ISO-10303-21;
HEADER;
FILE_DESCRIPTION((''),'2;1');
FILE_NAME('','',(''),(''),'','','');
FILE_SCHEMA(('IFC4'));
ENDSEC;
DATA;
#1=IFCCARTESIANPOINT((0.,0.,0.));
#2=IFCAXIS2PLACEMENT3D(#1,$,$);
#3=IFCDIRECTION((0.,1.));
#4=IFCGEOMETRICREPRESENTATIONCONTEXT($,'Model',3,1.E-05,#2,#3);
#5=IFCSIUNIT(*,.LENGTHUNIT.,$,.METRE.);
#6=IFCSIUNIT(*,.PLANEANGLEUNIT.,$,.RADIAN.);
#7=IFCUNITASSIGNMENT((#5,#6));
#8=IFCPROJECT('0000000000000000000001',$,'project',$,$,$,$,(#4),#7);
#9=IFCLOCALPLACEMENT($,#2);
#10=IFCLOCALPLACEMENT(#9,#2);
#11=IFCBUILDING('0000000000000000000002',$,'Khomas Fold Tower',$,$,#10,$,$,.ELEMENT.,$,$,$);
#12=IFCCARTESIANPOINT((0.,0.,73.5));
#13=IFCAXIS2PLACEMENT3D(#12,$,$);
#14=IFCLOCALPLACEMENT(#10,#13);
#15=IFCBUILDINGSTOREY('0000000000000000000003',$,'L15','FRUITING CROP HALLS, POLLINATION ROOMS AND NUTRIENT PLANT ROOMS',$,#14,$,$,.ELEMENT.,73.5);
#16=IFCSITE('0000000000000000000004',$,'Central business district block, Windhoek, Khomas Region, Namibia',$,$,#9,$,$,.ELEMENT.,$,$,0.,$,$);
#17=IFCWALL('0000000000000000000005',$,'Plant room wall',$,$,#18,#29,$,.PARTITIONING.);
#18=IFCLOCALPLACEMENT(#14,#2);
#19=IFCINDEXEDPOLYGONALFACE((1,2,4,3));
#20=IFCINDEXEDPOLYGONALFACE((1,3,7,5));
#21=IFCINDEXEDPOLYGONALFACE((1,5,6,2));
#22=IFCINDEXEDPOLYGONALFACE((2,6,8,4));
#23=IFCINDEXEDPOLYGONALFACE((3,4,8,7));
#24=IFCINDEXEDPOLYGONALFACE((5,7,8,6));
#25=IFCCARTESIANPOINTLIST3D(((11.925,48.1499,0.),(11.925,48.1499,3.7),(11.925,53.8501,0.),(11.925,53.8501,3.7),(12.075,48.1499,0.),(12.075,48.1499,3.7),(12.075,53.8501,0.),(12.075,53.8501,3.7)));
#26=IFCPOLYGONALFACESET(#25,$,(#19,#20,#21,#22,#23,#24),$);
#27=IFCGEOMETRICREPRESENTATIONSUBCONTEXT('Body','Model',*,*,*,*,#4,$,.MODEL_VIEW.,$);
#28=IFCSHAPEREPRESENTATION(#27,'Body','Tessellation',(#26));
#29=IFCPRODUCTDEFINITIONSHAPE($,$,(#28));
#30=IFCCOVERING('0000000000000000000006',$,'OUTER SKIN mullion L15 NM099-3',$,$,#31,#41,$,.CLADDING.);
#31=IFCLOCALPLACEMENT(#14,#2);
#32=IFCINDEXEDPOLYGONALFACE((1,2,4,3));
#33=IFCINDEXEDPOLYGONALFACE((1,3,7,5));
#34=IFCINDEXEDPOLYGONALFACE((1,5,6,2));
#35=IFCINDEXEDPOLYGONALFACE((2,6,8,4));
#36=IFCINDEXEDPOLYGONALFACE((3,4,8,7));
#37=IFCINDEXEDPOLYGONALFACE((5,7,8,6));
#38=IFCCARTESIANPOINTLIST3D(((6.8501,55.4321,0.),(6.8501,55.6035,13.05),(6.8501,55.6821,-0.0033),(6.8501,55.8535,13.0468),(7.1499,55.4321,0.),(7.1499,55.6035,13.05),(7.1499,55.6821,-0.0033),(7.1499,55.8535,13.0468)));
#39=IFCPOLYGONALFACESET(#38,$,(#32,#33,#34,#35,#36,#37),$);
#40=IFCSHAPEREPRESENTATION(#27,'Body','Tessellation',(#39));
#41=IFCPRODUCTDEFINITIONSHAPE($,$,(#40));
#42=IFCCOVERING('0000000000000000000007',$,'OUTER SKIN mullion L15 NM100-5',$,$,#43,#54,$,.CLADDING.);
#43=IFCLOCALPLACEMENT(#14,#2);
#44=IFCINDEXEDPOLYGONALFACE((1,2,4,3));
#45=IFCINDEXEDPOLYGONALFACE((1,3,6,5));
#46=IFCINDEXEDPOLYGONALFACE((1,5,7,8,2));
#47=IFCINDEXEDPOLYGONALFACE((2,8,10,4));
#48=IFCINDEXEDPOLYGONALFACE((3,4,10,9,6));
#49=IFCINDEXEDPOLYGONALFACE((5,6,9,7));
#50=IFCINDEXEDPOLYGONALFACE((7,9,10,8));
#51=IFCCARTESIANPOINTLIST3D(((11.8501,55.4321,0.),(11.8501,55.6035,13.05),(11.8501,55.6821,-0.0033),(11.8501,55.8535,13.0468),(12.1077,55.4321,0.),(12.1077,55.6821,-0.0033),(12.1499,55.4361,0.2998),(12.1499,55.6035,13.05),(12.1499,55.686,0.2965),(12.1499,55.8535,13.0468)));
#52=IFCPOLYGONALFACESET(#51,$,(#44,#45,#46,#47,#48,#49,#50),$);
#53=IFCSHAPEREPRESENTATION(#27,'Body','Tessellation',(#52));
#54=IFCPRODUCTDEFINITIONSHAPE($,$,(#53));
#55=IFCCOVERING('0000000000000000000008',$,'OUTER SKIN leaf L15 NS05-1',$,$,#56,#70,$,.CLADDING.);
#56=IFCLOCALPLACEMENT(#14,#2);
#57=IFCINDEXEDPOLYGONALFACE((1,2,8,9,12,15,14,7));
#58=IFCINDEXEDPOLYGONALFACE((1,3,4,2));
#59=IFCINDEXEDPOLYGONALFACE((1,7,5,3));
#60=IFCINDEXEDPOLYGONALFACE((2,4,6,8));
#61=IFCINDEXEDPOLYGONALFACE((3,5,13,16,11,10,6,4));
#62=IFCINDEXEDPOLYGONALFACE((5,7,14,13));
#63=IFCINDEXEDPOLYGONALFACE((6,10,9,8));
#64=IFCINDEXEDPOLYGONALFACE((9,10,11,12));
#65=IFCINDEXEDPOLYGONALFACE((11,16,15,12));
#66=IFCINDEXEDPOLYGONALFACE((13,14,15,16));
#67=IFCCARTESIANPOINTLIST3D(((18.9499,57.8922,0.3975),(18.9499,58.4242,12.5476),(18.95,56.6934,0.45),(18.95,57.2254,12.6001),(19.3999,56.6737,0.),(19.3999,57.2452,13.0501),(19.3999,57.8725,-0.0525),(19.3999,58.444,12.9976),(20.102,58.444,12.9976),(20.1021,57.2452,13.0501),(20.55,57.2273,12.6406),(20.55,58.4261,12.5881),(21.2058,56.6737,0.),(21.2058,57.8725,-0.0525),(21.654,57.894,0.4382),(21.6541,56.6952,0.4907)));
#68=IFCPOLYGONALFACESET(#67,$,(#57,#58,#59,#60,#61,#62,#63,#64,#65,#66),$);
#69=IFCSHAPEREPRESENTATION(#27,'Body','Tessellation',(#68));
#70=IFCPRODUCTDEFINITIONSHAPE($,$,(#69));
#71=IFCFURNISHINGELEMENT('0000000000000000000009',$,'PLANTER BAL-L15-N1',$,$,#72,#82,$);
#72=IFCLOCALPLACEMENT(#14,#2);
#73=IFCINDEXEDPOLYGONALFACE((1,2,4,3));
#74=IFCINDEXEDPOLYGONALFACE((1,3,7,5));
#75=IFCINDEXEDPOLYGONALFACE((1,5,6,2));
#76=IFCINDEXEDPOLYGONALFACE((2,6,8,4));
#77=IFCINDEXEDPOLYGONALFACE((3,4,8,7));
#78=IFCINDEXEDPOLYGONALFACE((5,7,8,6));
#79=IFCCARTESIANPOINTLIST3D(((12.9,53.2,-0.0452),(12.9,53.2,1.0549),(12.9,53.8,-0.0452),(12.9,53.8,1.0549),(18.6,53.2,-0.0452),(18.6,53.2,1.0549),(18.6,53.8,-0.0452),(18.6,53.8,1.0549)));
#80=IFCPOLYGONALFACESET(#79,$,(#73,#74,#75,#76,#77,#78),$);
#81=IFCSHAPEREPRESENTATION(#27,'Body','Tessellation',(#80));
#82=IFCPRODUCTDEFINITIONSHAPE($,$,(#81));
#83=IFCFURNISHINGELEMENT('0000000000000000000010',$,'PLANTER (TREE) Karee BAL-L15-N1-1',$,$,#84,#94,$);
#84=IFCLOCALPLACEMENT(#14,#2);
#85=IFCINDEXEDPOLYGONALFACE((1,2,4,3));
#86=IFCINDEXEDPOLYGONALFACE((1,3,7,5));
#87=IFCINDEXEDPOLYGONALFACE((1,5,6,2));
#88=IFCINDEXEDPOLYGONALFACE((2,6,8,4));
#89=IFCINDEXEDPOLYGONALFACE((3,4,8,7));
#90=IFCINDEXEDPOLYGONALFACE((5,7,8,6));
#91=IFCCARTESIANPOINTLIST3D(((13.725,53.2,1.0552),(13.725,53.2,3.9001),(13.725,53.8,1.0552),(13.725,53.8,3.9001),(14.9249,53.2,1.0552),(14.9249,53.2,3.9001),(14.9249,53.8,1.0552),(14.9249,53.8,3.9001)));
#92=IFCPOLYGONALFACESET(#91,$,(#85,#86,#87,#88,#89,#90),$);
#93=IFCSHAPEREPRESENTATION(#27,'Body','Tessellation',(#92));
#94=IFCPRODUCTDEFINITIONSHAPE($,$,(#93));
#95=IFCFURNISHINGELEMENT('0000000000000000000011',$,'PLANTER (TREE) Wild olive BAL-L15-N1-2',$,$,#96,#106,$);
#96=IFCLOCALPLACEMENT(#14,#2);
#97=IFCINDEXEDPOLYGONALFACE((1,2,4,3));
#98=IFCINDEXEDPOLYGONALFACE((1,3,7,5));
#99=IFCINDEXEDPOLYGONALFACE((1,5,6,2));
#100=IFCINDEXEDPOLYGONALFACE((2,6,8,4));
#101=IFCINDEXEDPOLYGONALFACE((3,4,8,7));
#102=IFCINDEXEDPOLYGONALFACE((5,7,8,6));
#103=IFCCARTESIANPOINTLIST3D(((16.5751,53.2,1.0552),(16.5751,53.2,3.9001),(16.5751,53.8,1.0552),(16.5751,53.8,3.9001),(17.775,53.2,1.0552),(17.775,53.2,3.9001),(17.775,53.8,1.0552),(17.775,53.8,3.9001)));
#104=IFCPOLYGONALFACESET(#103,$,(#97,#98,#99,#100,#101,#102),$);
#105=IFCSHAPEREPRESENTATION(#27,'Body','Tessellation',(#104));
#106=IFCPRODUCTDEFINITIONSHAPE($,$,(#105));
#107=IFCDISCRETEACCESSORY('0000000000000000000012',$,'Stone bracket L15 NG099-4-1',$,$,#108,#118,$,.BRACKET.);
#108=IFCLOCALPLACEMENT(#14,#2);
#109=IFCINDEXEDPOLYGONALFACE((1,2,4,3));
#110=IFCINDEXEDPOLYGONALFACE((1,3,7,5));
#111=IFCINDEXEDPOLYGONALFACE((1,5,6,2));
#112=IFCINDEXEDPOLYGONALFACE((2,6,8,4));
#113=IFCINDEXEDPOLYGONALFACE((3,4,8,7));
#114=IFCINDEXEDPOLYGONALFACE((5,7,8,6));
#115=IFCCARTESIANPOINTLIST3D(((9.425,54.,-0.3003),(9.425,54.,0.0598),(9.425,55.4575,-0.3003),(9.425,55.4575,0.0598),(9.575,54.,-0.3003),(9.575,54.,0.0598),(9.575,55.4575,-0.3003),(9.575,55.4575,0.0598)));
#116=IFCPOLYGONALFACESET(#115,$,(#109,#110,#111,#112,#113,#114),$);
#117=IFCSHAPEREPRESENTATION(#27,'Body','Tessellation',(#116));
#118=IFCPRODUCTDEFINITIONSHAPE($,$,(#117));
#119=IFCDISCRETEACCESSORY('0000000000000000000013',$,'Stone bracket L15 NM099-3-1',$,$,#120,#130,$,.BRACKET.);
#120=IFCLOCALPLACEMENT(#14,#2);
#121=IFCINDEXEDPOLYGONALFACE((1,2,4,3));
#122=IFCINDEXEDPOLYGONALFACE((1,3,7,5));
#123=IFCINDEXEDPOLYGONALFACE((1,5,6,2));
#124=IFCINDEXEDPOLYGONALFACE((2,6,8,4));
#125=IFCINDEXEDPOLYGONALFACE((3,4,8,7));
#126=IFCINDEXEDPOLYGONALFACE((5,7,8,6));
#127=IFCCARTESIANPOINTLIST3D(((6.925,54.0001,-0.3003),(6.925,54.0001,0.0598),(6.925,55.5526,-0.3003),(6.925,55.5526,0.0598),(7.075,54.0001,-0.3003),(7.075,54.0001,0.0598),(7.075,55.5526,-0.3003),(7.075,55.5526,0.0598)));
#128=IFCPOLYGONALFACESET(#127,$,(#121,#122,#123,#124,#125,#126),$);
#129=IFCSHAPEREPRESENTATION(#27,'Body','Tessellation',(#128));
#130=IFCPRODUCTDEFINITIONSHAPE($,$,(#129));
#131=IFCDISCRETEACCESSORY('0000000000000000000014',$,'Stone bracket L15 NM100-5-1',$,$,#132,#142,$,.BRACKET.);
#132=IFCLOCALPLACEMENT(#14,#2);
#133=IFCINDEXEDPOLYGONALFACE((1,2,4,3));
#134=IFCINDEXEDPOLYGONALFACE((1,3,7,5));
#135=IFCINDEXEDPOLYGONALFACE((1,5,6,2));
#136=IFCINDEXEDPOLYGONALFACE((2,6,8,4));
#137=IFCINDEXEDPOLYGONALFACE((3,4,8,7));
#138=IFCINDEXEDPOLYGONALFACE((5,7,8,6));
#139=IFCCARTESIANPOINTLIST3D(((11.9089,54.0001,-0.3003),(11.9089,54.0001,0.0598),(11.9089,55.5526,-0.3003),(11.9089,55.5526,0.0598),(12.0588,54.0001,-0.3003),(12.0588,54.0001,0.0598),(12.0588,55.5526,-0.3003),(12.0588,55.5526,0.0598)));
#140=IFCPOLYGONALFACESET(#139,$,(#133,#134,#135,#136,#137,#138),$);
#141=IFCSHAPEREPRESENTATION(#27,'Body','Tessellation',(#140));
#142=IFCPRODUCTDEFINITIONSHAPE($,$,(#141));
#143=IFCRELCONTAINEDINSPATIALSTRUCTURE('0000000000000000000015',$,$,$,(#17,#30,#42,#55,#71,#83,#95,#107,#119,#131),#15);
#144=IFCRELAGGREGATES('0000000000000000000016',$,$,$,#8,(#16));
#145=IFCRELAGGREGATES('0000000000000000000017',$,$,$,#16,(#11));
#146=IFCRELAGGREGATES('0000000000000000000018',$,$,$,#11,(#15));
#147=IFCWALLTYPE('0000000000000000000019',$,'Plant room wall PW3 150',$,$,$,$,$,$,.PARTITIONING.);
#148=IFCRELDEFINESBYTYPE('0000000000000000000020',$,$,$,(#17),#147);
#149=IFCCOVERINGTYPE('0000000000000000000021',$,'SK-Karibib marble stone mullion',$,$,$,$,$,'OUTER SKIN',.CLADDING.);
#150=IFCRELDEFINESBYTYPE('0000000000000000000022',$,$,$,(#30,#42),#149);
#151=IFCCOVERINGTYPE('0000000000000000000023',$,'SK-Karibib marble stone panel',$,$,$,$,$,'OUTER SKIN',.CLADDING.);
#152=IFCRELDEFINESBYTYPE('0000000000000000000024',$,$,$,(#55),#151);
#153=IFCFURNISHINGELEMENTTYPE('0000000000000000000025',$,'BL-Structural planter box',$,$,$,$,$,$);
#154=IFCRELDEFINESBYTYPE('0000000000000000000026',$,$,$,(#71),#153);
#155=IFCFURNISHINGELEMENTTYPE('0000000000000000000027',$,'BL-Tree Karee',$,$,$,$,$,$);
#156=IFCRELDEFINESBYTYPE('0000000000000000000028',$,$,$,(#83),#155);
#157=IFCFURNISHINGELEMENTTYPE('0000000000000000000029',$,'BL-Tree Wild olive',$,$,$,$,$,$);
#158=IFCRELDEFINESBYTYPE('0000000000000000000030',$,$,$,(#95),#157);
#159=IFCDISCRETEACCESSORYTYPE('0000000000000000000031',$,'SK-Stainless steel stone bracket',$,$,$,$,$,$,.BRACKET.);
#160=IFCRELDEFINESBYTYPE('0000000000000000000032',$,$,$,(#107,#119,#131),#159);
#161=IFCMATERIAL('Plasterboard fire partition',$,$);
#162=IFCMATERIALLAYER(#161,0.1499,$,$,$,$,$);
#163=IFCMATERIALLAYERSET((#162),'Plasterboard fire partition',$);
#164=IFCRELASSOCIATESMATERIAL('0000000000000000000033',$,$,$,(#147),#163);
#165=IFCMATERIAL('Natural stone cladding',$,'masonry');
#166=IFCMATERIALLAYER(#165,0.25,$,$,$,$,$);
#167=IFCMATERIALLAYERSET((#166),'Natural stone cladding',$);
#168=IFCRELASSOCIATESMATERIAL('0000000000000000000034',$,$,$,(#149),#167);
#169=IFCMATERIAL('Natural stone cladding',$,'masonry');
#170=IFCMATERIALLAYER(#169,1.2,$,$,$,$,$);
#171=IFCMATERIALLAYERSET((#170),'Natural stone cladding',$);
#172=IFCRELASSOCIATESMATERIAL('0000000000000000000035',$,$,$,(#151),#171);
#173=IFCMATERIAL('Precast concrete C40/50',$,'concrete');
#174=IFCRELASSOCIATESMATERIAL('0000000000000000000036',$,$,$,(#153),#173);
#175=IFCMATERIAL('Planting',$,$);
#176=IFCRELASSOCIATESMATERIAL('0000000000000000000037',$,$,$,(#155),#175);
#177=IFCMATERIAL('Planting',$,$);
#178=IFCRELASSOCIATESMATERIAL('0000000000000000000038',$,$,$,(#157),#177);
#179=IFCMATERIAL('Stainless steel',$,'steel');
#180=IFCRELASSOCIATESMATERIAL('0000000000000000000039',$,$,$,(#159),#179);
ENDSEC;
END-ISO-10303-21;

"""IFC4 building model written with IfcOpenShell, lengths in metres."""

from ifc_helpers import new_model, si_unit, direction, frame, frame_2d, origin, origin_2d, place, context, subcontext, project, spatial, polyline, rectangle, outline, extrude, source, transform, mapped, material, layer, layer_set, type_object, element, save


model = new_model("IFC4")

# Units and contexts
model_context = context("Model", 3, precision=1e-05, world=origin(), true_north=direction((0.0, 1.0)))
body_context = subcontext(model_context, "Body", "Model", "MODEL_VIEW")
ifc_project = project(units=[si_unit("LENGTHUNIT", "METRE"), si_unit("PLANEANGLEUNIT", "RADIAN")], contexts=[model_context])

# Site, building, storey
site_placement = place(None, origin())
site = spatial("IfcSite", under=ifc_project, at=site_placement, Name="Central business district block, Windhoek, Khomas Region, Namibia", CompositionType="ELEMENT", RefElevation=0.0)
building_placement = place(site_placement, origin())
building = spatial("IfcBuilding", under=site, at=building_placement, Name="Khomas Fold Tower", CompositionType="ELEMENT")
storey_placement = place(building_placement, frame((0.0, 0.0, 73.5)))
storey = spatial("IfcBuildingStorey", under=building, at=storey_placement, Name="L15", Description="FRUITING CROP HALLS, POLLINATION ROOMS AND NUTRIENT PLANT ROOMS", CompositionType="ELEMENT", Elevation=73.5)

# Wall
ifc_material_1 = material(Name="Plasterboard fire partition")
ifc_layer_1 = layer(ifc_material_1, 0.1499)
ifc_layer_set_1 = layer_set([ifc_layer_1], Name="Plasterboard fire partition")
wall_type_1 = type_object("IfcWallType", Name="Plant room wall PW3 150", PredefinedType="PARTITIONING", material=ifc_layer_set_1)
shared_shape_1 = source(origin(), body_context, "Body", "SweptSolid", [
    extrude(rectangle(XDim=5.7002, YDim=0.1499, at=frame_2d((2.8501, 0.0))), origin(), (0.0, 0.0, 1.0), 3.7),
])
wall_1_placement = place(storey_placement, frame((12.0, 48.1499, 0.0), z_axis=(0.0, 0.0, 1.0), x_axis=(0.0, 1.0, 0.0)))
element("IfcWall", 1, at=wall_1_placement, inside=storey, type_object=wall_type_1, Name="Plant room wall", PredefinedType="PARTITIONING", context=body_context, shape_type="MappedRepresentation", body=[
    mapped(shared_shape_1, transform((0.0, 0.0, 0.0))),
])

# Coverings
ifc_material_2 = material(Name="Natural stone cladding", Category="masonry")
ifc_layer_2 = layer(ifc_material_2, 0.25)
ifc_layer_set_2 = layer_set([ifc_layer_2], Name="Natural stone cladding")
covering_type_1 = type_object("IfcCoveringType", Name="SK-Karibib marble stone mullion", ElementType="OUTER SKIN", PredefinedType="CLADDING", material=ifc_layer_set_2)
covering_1_placement = place(storey_placement, frame((6.8501, 55.4321, 0.0), z_axis=(0.0, -0.999914, 0.013132), x_axis=(0.0, 0.013132, 0.999914)))
element("IfcCovering", 2, at=covering_1_placement, inside=storey, type_object=covering_type_1, Name="OUTER SKIN mullion L15 NM099-3", PredefinedType="CLADDING", context=body_context, shape_type="SweptSolid", body=[
    extrude(outline(polyline([(0.0, 0.0), (13.0512, 0.0), (13.0512, -0.2998), (0.0, -0.2998), (0.0, 0.0)])), origin(), (0.0, 0.0, -1.0), 0.25),
])
covering_2_placement = place(storey_placement, frame((12.1077, 55.4321, 0.0), z_axis=(-0.000052, -0.999914, 0.013132), x_axis=(-1.0, 0.000052, -0.000001)))
element("IfcCovering", 3, at=covering_2_placement, inside=storey, type_object=covering_type_1, Name="OUTER SKIN mullion L15 NM100-5", PredefinedType="CLADDING", context=body_context, shape_type="SweptSolid", body=[
    extrude(outline(polyline([(0.0, 0.0), (0.2576, 0.0), (0.2576, -13.0512), (-0.0422, -13.0512), (-0.0422, -0.2998), (0.0, 0.0)])), origin(), (0.0, 0.0, -1.0), 0.25),
])
ifc_material_3 = material(Name="Natural stone cladding", Category="masonry")
ifc_layer_3 = layer(ifc_material_3, 1.2)
ifc_layer_set_3 = layer_set([ifc_layer_3], Name="Natural stone cladding")
covering_type_2 = type_object("IfcCoveringType", Name="SK-Karibib marble stone panel", ElementType="OUTER SKIN", PredefinedType="CLADDING", material=ifc_layer_set_3)
covering_3_placement = place(storey_placement, frame((18.95, 56.6934, 0.45), z_axis=(0.000023, -0.999042, 0.043751), x_axis=(0.0, 0.043751, 0.999042)))
element("IfcCovering", 4, at=covering_3_placement, inside=storey, type_object=covering_type_2, Name="OUTER SKIN leaf L15 NS05-1", PredefinedType="CLADDING", context=body_context, shape_type="SweptSolid", body=[
    extrude(outline(polyline([(0.0, 0.0), (12.1618, 0.0), (12.6122, -0.45), (12.6122, -1.1521), (12.2024, -1.6001), (0.0408, -2.7041), (-0.4504, -2.2559), (-0.4504, -0.45), (0.0, 0.0)])), origin(), (0.0, 0.0, -1.0), 1.2),
])

# Furnishing elements
ifc_material_4 = material(Name="Precast concrete C40/50", Category="concrete")
furnishing_element_type_1 = type_object("IfcFurnishingElementType", Name="BL-Structural planter box", material=ifc_material_4)
shared_shape_2 = source(origin(), body_context, "Body", "SweptSolid", [
    extrude(rectangle(XDim=5.7, YDim=0.6001, at=origin_2d()), origin(), (0.0, 0.0, 1.0), 1.1001),
])
furnishing_1_placement = place(storey_placement, frame((15.75, 53.5, -0.0452), z_axis=(0.0, 0.0, 1.0), x_axis=(1.0, 0.0, 0.0)))
element("IfcFurnishingElement", 5, at=furnishing_1_placement, inside=storey, type_object=furnishing_element_type_1, Name="PLANTER BAL-L15-N1", context=body_context, shape_type="MappedRepresentation", body=[
    mapped(shared_shape_2, transform((0.0, 0.0, 0.0))),
])
ifc_material_5 = material(Name="Planting")
furnishing_element_type_2 = type_object("IfcFurnishingElementType", Name="BL-Tree Karee", material=ifc_material_5)
shared_shape_3 = source(origin(), body_context, "Body", "SweptSolid", [
    extrude(rectangle(XDim=1.2, YDim=0.6001, at=origin_2d()), origin(), (0.0, 0.0, 1.0), 2.845),
])
furnishing_2_placement = place(storey_placement, frame((14.325, 53.5, 1.0552), z_axis=(0.0, 0.0, 1.0), x_axis=(1.0, 0.0, 0.0)))
element("IfcFurnishingElement", 6, at=furnishing_2_placement, inside=storey, type_object=furnishing_element_type_2, Name="PLANTER (TREE) Karee BAL-L15-N1-1", context=body_context, shape_type="MappedRepresentation", body=[
    mapped(shared_shape_3, transform((0.0, 0.0, 0.0))),
])
ifc_material_6 = material(Name="Planting")
furnishing_element_type_3 = type_object("IfcFurnishingElementType", Name="BL-Tree Wild olive", material=ifc_material_6)
furnishing_3_placement = place(storey_placement, frame((17.175, 53.5, 1.0552), z_axis=(0.0, 0.0, 1.0), x_axis=(1.0, 0.0, 0.0)))
element("IfcFurnishingElement", 7, at=furnishing_3_placement, inside=storey, type_object=furnishing_element_type_3, Name="PLANTER (TREE) Wild olive BAL-L15-N1-2", context=body_context, shape_type="MappedRepresentation", body=[
    mapped(shared_shape_3, transform((0.0, 0.0, 0.0))),
])

# Discrete accessories
ifc_material_7 = material(Name="Stainless steel", Category="steel")
discrete_accessory_type = type_object("IfcDiscreteAccessoryType", Name="SK-Stainless steel stone bracket", PredefinedType="BRACKET", material=ifc_material_7)
shared_shape_4 = source(origin(), body_context, "Body", "SweptSolid", [
    extrude(rectangle(XDim=1.4575, YDim=0.1499, at=origin_2d()), origin(), (0.0, 0.0, 1.0), 0.3601),
])
discrete_accessory_placement = place(storey_placement, frame((9.5, 54.7288, -0.3003), z_axis=(0.0, 0.0, 1.0), x_axis=(0.0, 1.0, 0.0)))
element("IfcDiscreteAccessory", 8, at=discrete_accessory_placement, inside=storey, type_object=discrete_accessory_type, Name="Stone bracket L15 NG099-4-1", PredefinedType="BRACKET", context=body_context, shape_type="MappedRepresentation", body=[
    mapped(shared_shape_4, transform((0.0, 0.0, 0.0))),
])
shared_shape_5 = source(origin(), body_context, "Body", "SweptSolid", [
    extrude(rectangle(XDim=1.5525, YDim=0.1499, at=origin_2d()), origin(), (0.0, 0.0, 1.0), 0.3601),
])
for number, where, z_axis, x_axis, name in (
    (9, (7.0, 54.7764, -0.3003), (0.0, 0.0, 1.0), (0.0, 1.0, 0.0), "Stone bracket L15 NM099-3-1"),
    (10, (11.9839, 54.7764, -0.3003), (0.0, 0.0, 1.0), (0.0, 1.0, 0.0), "Stone bracket L15 NM100-5-1"),
):
    element("IfcDiscreteAccessory", number, at=place(storey_placement, frame(where, z_axis=z_axis, x_axis=x_axis)), inside=storey, type_object=discrete_accessory_type, Name=name, PredefinedType="BRACKET", context=body_context, shape_type="MappedRepresentation", body=[
        mapped(shared_shape_5, transform((0.0, 0.0, 0.0))),
    ])

save(model, "model.ifc")
